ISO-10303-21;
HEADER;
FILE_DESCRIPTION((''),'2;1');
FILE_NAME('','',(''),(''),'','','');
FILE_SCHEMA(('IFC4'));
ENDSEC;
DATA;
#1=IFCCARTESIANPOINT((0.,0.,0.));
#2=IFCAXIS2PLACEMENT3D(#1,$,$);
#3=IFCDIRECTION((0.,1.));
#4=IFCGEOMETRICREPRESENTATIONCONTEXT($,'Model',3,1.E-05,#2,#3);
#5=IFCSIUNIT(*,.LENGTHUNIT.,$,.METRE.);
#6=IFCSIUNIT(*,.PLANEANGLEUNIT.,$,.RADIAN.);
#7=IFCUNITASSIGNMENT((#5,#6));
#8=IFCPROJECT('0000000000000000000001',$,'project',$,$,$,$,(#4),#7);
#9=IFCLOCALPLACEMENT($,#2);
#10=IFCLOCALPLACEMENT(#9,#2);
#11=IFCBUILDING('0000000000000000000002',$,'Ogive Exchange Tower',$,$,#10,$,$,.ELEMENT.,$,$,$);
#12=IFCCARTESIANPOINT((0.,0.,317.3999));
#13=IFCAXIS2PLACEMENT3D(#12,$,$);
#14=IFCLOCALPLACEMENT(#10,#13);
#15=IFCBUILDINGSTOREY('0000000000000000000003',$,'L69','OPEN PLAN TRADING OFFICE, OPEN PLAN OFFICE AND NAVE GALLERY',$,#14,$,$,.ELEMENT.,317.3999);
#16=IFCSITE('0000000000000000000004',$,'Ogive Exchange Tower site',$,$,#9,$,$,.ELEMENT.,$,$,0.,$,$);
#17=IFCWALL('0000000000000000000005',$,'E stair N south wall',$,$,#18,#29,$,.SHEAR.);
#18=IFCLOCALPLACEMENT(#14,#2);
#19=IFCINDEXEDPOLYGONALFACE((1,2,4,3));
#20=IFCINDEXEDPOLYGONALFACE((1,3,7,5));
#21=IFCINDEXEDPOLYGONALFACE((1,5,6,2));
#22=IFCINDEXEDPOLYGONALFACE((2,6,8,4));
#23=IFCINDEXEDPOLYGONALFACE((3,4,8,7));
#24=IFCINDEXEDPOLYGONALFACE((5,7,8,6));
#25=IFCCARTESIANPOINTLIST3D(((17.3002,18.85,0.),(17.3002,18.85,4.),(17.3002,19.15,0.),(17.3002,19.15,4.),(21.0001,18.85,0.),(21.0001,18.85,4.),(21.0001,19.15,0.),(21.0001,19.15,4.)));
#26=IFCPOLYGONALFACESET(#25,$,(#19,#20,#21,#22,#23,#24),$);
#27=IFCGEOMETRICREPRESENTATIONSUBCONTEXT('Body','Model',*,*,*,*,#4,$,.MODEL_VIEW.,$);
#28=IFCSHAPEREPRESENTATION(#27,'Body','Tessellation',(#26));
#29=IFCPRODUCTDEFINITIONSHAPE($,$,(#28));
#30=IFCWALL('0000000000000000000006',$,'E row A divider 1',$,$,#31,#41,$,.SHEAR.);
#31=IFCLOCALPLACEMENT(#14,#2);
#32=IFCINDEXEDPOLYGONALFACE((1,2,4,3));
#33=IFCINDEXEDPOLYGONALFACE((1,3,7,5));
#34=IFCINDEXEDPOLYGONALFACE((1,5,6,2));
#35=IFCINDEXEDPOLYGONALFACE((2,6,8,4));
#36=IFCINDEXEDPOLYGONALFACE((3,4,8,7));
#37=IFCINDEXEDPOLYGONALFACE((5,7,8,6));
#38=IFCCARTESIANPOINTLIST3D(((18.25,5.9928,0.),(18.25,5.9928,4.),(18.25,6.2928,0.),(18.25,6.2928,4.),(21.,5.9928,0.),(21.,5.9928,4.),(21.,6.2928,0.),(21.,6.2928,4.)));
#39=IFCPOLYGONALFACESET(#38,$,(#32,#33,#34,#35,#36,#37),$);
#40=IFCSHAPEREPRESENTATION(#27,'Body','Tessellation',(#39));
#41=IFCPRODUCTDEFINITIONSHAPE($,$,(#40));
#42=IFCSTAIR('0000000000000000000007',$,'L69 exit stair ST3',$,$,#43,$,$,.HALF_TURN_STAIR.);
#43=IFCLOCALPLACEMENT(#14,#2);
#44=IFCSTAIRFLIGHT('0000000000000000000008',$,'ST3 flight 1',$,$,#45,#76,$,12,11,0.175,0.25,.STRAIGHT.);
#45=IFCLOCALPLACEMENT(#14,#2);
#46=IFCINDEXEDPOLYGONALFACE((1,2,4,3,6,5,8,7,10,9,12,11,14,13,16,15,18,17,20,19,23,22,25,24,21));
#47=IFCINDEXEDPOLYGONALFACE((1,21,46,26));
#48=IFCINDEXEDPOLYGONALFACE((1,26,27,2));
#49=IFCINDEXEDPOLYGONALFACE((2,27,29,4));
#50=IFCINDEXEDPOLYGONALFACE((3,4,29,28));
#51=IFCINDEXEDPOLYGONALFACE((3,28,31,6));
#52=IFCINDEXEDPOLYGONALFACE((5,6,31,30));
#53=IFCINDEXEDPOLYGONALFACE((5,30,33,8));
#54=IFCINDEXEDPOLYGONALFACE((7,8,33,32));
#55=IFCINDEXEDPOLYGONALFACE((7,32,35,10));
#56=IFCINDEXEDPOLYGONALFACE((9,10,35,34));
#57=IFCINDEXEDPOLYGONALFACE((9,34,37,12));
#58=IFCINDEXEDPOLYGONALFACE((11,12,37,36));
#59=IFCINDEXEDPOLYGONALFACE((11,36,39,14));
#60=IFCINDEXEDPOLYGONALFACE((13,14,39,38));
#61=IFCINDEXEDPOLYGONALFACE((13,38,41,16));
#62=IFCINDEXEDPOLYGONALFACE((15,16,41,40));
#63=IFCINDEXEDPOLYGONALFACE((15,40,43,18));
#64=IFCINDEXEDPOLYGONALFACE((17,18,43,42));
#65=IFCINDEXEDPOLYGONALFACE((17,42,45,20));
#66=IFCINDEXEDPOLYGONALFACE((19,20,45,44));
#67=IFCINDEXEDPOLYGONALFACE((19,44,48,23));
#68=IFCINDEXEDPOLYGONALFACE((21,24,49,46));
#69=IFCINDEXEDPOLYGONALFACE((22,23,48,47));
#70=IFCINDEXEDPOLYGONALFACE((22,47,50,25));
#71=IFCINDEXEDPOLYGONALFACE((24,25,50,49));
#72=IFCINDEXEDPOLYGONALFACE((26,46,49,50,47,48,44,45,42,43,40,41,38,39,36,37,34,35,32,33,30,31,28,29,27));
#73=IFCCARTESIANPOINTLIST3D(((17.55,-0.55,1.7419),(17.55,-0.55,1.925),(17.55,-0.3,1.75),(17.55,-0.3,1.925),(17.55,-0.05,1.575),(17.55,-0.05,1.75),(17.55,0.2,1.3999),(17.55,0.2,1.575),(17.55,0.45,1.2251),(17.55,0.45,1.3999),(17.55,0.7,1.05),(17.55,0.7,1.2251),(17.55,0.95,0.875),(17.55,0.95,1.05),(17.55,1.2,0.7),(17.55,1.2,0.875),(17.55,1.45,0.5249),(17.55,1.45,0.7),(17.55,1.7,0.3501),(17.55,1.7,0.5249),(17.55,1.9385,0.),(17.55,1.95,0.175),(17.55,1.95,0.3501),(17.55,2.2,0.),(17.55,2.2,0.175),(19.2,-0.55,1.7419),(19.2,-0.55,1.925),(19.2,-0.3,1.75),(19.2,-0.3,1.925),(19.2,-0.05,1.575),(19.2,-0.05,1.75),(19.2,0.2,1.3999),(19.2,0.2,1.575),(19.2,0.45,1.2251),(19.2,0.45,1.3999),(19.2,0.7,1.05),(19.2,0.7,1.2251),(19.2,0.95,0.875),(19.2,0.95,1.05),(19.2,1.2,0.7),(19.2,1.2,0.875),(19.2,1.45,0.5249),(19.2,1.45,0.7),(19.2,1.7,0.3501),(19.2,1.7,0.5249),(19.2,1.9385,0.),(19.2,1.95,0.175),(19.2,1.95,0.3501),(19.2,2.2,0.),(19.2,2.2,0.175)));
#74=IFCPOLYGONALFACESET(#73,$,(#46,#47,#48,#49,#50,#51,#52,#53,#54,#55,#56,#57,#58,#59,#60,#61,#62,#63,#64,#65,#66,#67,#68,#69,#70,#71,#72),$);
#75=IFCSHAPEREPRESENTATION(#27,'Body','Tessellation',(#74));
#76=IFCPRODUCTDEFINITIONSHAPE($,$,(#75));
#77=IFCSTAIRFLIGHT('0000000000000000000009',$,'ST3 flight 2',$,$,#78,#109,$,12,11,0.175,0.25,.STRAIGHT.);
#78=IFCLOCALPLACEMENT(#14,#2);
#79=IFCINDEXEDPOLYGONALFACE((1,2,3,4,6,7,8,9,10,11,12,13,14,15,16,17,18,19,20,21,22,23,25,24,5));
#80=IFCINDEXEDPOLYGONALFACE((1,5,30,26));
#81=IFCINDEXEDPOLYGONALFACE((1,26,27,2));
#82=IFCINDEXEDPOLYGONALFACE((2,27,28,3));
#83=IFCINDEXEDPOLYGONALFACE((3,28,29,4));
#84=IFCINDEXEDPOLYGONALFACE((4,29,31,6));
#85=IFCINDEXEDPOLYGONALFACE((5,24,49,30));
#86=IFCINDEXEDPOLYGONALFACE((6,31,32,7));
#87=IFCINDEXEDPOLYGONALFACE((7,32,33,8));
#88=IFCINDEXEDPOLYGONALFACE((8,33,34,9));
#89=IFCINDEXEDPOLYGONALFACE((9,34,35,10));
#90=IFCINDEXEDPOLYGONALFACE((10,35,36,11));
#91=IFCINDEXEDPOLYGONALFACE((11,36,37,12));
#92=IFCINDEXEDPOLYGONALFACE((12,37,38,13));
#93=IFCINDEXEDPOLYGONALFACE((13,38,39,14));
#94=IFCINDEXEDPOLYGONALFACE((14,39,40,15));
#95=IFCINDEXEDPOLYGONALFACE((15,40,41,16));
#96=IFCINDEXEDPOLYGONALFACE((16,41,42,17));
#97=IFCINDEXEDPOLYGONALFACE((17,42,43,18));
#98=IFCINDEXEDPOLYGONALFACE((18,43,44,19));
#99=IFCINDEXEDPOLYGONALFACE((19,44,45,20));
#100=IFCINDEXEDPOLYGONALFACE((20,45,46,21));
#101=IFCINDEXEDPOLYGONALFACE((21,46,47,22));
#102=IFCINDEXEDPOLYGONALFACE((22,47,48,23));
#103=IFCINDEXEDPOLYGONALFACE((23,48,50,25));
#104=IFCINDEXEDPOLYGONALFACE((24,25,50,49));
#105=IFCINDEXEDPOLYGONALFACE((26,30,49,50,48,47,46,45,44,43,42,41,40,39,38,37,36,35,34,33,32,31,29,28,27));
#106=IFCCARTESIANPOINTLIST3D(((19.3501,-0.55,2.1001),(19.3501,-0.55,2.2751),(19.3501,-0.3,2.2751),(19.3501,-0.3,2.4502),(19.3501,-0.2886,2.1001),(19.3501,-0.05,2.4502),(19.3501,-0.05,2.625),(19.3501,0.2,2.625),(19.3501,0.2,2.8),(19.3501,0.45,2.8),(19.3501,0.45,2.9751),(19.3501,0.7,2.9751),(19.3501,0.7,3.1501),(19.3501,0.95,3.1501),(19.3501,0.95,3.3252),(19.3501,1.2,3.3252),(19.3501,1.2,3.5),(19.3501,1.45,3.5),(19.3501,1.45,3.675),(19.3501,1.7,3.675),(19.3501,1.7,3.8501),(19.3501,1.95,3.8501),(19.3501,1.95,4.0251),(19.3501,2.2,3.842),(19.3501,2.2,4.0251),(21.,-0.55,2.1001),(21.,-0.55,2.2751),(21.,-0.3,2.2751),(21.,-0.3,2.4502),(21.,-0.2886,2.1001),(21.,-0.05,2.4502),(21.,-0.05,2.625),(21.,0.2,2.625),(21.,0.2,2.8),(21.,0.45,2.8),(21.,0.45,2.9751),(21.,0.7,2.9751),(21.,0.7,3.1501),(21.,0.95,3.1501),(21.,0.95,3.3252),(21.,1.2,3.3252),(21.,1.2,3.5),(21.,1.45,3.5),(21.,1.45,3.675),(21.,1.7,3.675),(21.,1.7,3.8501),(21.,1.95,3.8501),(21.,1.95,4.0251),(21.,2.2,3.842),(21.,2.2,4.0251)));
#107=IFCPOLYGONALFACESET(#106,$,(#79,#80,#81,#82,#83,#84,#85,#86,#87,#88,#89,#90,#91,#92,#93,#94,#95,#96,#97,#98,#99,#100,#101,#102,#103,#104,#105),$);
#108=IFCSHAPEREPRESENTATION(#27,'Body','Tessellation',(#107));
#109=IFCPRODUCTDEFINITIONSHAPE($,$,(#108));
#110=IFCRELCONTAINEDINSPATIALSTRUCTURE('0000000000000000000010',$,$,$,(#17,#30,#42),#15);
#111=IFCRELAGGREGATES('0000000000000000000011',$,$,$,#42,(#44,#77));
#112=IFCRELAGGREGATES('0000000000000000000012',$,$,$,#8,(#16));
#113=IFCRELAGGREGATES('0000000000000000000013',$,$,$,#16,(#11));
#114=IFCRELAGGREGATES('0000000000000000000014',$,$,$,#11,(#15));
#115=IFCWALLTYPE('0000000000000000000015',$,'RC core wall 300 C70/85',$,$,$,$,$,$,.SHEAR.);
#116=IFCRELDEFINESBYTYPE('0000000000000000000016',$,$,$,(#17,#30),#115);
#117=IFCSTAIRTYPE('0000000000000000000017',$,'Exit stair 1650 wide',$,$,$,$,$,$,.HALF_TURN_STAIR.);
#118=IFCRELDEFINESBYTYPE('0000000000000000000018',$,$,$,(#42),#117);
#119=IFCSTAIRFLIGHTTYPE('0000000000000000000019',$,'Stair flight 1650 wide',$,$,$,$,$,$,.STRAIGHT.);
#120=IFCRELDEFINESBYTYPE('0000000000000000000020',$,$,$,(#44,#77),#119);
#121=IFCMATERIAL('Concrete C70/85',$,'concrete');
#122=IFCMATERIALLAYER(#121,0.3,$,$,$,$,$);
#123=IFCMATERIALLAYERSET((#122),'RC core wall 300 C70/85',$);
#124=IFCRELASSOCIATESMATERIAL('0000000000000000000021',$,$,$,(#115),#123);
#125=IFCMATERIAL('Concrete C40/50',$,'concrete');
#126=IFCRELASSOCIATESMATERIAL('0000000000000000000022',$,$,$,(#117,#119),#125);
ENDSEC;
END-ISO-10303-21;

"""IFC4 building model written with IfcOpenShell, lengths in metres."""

from ifc_helpers import new_model, si_unit, direction, frame, frame_2d, origin, place, context, subcontext, project, spatial, polyline, rectangle, outline, extrude, material, layer, layer_set, type_object, element, aggregate, save


model = new_model("IFC4")

# Units and contexts
model_context = context("Model", 3, precision=1e-05, world=origin(), true_north=direction((0.0, 1.0)))
body_context = subcontext(model_context, "Body", "Model", "MODEL_VIEW")
ifc_project = project(units=[si_unit("LENGTHUNIT", "METRE"), si_unit("PLANEANGLEUNIT", "RADIAN")], contexts=[model_context])

# Site, building, storey
site_placement = place(None, origin())
site = spatial("IfcSite", under=ifc_project, at=site_placement, Name="Ogive Exchange Tower site", CompositionType="ELEMENT", RefElevation=0.0)
building_placement = place(site_placement, origin())
building = spatial("IfcBuilding", under=site, at=building_placement, Name="Ogive Exchange Tower", CompositionType="ELEMENT")
storey_placement = place(building_placement, frame((0.0, 0.0, 317.3999)))
storey = spatial("IfcBuildingStorey", under=building, at=storey_placement, Name="L69", Description="OPEN PLAN TRADING OFFICE, OPEN PLAN OFFICE AND NAVE GALLERY", CompositionType="ELEMENT", Elevation=317.3999)

# Shared definitions
ifc_material_1 = material(Name="Concrete C70/85", Category="concrete")

# Walls
ifc_layer_1 = layer(ifc_material_1, 0.3)
ifc_layer_set_1 = layer_set([ifc_layer_1], Name="RC core wall 300 C70/85")
wall_type_1 = type_object("IfcWallType", Name="RC core wall 300 C70/85", PredefinedType="SHEAR", material=ifc_layer_set_1)
for number, where, z_axis, x_axis, name in (
    (1, (17.3, 19.0, 0.0), (0.0, 0.0, 1.0), (1.0, 0.0, 0.0), "E stair N south wall"),
):
    element("IfcWall", number, at=place(storey_placement, frame(where, z_axis=z_axis, x_axis=x_axis)), inside=storey, type_object=wall_type_1, Name=name, PredefinedType="SHEAR", context=body_context, shape_type="SweptSolid", body=[
        extrude(rectangle(XDim=3.7, YDim=0.3, at=frame_2d((1.8501, 0.0))), origin(), (0.0, 0.0, 1.0), 4.0),
    ])
wall_1_placement = place(storey_placement, frame((18.25, 6.1428, 0.0), z_axis=(0.0, 0.0, 1.0), x_axis=(1.0, 0.0, 0.0)))
element("IfcWall", 2, at=wall_1_placement, inside=storey, type_object=wall_type_1, Name="E row A divider 1", PredefinedType="SHEAR", context=body_context, shape_type="SweptSolid", body=[
    extrude(rectangle(XDim=2.75, YDim=0.3, at=frame_2d((1.375, 0.0))), origin(), (0.0, 0.0, 1.0), 4.0),
])

# Stair, stair flights
ifc_material_2 = material(Name="Concrete C40/50", Category="concrete")
stair_type = type_object("IfcStairType", Name="Exit stair 1650 wide", PredefinedType="HALF_TURN_STAIR", material=ifc_material_2)
stair_placement = place(storey_placement, origin())
stair = element("IfcStair", 3, at=stair_placement, inside=storey, type_object=stair_type, Name="L69 exit stair ST3", PredefinedType="HALF_TURN_STAIR")
stair_flight_type = type_object("IfcStairFlightType", Name="Stair flight 1650 wide", PredefinedType="STRAIGHT", material=ifc_material_2)
stair_flight_1_placement = place(storey_placement, frame((18.375, 2.2, 0.0), z_axis=(0.0, 0.0, 1.0), x_axis=(0.0, -1.0, 0.0)))
stair_flight_1 = element("IfcStairFlight", 4, at=stair_flight_1_placement, type_object=stair_flight_type, Name="ST3 flight 1", NumberOfRisers=12, NumberOfTreads=11, PredefinedType="STRAIGHT", RiserHeight=0.175, TreadLength=0.25, context=body_context, shape_type="SweptSolid", body=[
    extrude(outline(polyline([(0.0, 0.0), (0.0, 0.175), (0.25, 0.175), (0.25, 0.3501), (0.5, 0.3501), (0.5, 0.5249), (0.75, 0.5249), (0.75, 0.7), (1.0, 0.7), (1.0, 0.875), (1.25, 0.875), (1.25, 1.05), (1.5, 1.05), (1.5, 1.2251), (1.75, 1.2251), (1.75, 1.3999), (2.0, 1.3999), (2.0, 1.575), (2.25, 1.575), (2.25, 1.75), (2.5, 1.75), (2.5, 1.925), (2.75, 1.925), (2.75, 2.1001), (2.75, 1.7419), (0.2615, 0.0), (0.0, 0.0)])), frame((0.0, 0.825, 0.0), z_axis=(0.0, -1.0, 0.0), x_axis=(1.0, 0.0, 0.0)), (0.0, 0.0, 1.0), 1.6499),
])
stair_flight_2_placement = place(storey_placement, frame((20.175, -0.55, 2.1001), z_axis=(0.0, 0.0, 1.0), x_axis=(0.0, 1.0, 0.0)))
stair_flight_2 = element("IfcStairFlight", 5, at=stair_flight_2_placement, type_object=stair_flight_type, Name="ST3 flight 2", NumberOfRisers=12, NumberOfTreads=11, PredefinedType="STRAIGHT", RiserHeight=0.175, TreadLength=0.25, context=body_context, shape_type="SweptSolid", body=[
    extrude(outline(polyline([(0.0, 0.0), (0.0, 0.175), (0.25, 0.175), (0.25, 0.3501), (0.5, 0.3501), (0.5, 0.5249), (0.75, 0.5249), (0.75, 0.7), (1.0, 0.7), (1.0, 0.875), (1.25, 0.875), (1.25, 1.05), (1.5, 1.05), (1.5, 1.2251), (1.75, 1.2251), (1.75, 1.3999), (2.0, 1.3999), (2.0, 1.575), (2.25, 1.575), (2.25, 1.75), (2.5, 1.75), (2.5, 1.925), (2.75, 1.925), (2.75, 2.1001), (2.75, 1.7419), (0.2615, 0.0), (0.0, 0.0)])), frame((0.0, 0.825, 0.0), z_axis=(0.0, -1.0, 0.0), x_axis=(1.0, 0.0, 0.0)), (0.0, 0.0, 1.0), 1.6499),
])
aggregate(stair, [stair_flight_1, stair_flight_2])

save(model, "model.ifc")
